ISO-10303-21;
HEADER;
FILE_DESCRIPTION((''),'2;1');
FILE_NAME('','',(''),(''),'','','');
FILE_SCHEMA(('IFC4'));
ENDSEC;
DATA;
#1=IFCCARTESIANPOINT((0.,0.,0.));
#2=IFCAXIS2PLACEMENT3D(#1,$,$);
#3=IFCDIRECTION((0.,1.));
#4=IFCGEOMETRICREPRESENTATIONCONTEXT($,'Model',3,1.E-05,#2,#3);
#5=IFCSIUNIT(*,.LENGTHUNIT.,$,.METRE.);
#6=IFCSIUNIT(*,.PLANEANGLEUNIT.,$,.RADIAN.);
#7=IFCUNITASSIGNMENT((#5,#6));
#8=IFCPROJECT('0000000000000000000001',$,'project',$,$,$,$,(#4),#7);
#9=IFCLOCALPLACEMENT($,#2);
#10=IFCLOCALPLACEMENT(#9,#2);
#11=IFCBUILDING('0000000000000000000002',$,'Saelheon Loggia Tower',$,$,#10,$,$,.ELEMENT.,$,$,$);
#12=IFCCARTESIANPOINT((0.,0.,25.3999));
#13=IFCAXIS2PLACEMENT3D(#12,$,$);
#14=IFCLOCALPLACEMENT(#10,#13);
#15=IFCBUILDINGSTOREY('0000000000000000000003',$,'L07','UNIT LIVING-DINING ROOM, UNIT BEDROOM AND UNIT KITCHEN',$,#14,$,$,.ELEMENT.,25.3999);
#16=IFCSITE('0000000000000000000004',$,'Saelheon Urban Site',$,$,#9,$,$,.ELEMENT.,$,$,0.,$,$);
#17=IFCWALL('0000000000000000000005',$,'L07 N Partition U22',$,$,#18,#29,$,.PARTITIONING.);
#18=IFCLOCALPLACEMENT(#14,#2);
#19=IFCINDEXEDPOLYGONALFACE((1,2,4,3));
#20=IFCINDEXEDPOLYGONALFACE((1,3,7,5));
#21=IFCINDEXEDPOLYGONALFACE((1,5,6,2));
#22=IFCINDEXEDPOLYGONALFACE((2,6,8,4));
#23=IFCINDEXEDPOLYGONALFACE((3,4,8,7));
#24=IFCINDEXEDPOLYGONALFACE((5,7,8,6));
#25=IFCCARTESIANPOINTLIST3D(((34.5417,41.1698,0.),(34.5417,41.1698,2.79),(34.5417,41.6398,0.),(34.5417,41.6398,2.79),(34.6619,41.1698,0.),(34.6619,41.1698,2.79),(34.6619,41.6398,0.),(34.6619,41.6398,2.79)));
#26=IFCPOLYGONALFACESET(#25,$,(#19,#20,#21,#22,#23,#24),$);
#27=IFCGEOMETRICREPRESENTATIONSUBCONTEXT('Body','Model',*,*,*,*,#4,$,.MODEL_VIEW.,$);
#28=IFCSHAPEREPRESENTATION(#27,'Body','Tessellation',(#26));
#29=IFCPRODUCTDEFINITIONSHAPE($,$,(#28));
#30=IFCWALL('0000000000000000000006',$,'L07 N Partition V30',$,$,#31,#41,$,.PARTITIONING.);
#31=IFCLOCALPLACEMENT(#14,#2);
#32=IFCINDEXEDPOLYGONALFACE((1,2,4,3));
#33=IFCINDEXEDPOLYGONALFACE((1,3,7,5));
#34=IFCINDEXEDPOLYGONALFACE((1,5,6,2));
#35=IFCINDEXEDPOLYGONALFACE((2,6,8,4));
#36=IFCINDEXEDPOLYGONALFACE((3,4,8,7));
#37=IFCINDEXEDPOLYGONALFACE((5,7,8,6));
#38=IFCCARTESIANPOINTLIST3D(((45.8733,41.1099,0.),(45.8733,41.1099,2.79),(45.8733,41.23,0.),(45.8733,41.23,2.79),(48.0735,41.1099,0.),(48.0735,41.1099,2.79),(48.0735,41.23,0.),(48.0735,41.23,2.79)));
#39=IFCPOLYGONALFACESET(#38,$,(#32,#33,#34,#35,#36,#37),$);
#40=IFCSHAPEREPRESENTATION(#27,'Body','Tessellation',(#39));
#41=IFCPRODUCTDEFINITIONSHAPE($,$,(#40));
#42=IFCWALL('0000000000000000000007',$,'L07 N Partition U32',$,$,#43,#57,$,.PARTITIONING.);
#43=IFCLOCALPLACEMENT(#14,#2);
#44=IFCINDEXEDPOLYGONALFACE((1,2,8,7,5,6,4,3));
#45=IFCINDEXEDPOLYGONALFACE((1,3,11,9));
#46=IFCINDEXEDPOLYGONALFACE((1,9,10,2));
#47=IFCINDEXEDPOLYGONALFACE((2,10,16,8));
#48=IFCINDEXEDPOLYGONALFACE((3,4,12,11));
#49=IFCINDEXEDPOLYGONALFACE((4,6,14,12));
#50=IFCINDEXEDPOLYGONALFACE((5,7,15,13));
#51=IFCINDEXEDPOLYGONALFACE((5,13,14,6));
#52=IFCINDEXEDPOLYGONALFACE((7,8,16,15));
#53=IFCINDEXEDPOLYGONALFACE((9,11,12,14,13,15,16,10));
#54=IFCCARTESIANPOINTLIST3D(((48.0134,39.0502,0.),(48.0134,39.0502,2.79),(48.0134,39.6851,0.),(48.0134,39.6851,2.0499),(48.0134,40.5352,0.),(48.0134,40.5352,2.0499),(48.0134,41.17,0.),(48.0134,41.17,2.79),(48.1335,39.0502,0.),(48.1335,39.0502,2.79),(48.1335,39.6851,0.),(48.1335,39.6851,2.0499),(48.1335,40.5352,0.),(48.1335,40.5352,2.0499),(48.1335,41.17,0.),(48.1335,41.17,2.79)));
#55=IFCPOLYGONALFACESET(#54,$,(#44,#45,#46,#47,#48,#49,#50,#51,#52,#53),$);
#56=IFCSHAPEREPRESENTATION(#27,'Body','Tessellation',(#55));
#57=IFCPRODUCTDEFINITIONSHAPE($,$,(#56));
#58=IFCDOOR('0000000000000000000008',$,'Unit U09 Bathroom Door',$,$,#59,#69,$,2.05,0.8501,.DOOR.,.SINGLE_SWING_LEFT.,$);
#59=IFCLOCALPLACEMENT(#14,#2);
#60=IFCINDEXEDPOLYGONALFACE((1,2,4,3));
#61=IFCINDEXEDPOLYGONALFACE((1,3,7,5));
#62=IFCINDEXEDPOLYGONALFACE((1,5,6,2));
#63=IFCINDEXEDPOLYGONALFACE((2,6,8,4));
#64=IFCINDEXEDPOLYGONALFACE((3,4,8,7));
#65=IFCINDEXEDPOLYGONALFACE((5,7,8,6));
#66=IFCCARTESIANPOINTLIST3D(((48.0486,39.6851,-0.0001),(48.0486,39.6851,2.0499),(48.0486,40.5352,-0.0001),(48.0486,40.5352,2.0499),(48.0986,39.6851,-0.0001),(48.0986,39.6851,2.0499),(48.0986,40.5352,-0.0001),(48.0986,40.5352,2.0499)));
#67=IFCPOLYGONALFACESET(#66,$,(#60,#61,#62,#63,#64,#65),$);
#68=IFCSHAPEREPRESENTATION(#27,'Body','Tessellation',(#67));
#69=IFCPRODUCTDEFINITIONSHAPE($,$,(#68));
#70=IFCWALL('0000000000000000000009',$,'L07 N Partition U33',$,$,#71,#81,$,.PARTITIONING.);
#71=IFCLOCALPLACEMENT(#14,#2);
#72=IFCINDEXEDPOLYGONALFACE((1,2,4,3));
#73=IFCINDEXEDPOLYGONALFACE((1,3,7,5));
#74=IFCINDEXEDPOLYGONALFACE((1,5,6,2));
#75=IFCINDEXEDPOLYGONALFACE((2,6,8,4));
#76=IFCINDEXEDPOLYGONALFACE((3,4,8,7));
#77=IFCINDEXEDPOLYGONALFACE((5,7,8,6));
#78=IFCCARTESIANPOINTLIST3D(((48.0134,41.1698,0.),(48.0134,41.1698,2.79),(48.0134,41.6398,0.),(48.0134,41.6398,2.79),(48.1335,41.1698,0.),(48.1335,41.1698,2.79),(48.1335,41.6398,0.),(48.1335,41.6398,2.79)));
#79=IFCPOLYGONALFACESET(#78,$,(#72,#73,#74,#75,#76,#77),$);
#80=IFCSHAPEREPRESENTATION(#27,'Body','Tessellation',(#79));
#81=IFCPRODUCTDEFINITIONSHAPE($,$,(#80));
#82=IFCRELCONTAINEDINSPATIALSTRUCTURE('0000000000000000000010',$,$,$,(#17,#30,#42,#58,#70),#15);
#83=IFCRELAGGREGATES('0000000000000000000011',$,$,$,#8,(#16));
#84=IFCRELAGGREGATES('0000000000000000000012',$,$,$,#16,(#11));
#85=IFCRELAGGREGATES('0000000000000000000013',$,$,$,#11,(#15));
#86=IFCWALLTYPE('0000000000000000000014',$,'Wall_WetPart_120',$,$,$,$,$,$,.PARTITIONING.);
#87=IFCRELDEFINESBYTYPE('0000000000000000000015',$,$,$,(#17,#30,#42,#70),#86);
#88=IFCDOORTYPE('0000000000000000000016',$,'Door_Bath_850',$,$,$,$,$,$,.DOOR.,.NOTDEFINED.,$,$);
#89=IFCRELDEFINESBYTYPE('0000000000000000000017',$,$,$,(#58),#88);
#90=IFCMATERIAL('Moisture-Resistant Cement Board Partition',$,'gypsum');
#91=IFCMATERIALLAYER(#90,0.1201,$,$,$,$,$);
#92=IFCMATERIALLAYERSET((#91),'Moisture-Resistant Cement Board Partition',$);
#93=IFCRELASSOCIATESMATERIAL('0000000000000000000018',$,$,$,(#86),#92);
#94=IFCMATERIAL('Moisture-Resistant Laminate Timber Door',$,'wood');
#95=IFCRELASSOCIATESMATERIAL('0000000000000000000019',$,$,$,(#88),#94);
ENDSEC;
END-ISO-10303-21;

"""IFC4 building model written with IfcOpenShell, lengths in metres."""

from ifc_helpers import new_model, si_unit, direction, frame, frame_2d, origin, place, context, subcontext, project, spatial, rectangle, extrude, source, transform, mapped, material, layer, layer_set, type_object, element, fill, save


model = new_model("IFC4")

# Units and contexts
model_context = context("Model", 3, precision=1e-05, world=origin(), true_north=direction((0.0, 1.0)))
body_context = subcontext(model_context, "Body", "Model", "MODEL_VIEW")
ifc_project = project(units=[si_unit("LENGTHUNIT", "METRE"), si_unit("PLANEANGLEUNIT", "RADIAN")], contexts=[model_context])

# Site, building, storey
site_placement = place(None, origin())
site = spatial("IfcSite", under=ifc_project, at=site_placement, Name="Saelheon Urban Site", CompositionType="ELEMENT", RefElevation=0.0)
building_placement = place(site_placement, origin())
building = spatial("IfcBuilding", under=site, at=building_placement, Name="Saelheon Loggia Tower", CompositionType="ELEMENT")
storey_placement = place(building_placement, frame((0.0, 0.0, 25.3999)))
storey = spatial("IfcBuildingStorey", under=building, at=storey_placement, Name="L07", Description="UNIT LIVING-DINING ROOM, UNIT BEDROOM AND UNIT KITCHEN", CompositionType="ELEMENT", Elevation=25.3999)

# Walls
ifc_material_1 = material(Name="Moisture-Resistant Cement Board Partition", Category="gypsum")
ifc_layer_1 = layer(ifc_material_1, 0.1201)
ifc_layer_set_1 = layer_set([ifc_layer_1], Name="Moisture-Resistant Cement Board Partition")
wall_type_1 = type_object("IfcWallType", Name="Wall_WetPart_120", PredefinedType="PARTITIONING", material=ifc_layer_set_1)
wall_1_placement = place(storey_placement, frame((34.6018, 41.1699, 0.0), z_axis=(0.0, 0.0, 1.0), x_axis=(0.0, 1.0, 0.0)))
element("IfcWall", 1, at=wall_1_placement, inside=storey, type_object=wall_type_1, Name="L07 N Partition U22", PredefinedType="PARTITIONING", context=body_context, shape_type="SweptSolid", body=[
    extrude(rectangle(XDim=0.47, YDim=0.1201, at=frame_2d((0.2349, 0.0))), origin(), (0.0, 0.0, 1.0), 2.79),
])
wall_2_placement = place(storey_placement, frame((45.8733, 41.1699, 0.0), z_axis=(0.0, 0.0, 1.0), x_axis=(1.0, 0.0, 0.0)))
element("IfcWall", 2, at=wall_2_placement, inside=storey, type_object=wall_type_1, Name="L07 N Partition V30", PredefinedType="PARTITIONING", context=body_context, shape_type="SweptSolid", body=[
    extrude(rectangle(XDim=2.2002, YDim=0.1201, at=frame_2d((1.1001, 0.0))), origin(), (0.0, 0.0, 1.0), 2.79),
])

# Wall, opening, door
wall_3_placement = place(storey_placement, frame((48.0735, 39.05, 0.0), z_axis=(0.0, 0.0, 1.0), x_axis=(0.0, 1.0, 0.0)))
wall_3 = element("IfcWall", 3, at=wall_3_placement, inside=storey, type_object=wall_type_1, Name="L07 N Partition U32", PredefinedType="PARTITIONING", context=body_context, shape_type="SweptSolid", body=[
    extrude(rectangle(XDim=2.1199, YDim=0.1201, at=frame_2d((1.0601, 0.0))), origin(), (0.0, 0.0, 1.0), 2.79),
])
opening_1_placement = place(wall_3_placement, frame((0.635, 0.0, 0.0)))
opening_1 = element("IfcOpeningElement", 4, at=opening_1_placement, cuts=wall_3, PredefinedType="OPENING", context=body_context, shape_type="SweptSolid", body=[
    extrude(rectangle(XDim=0.8501, YDim=2.05, at=frame_2d((0.425, 1.0249))), frame((0.0, 0.072, 0.0), z_axis=(0.0, -1.0, 0.0), x_axis=(1.0, 0.0, 0.0)), (0.0, 0.0, 1.0), 0.144),
])
ifc_material_2 = material(Name="Moisture-Resistant Laminate Timber Door", Category="wood")
door_type_1 = type_object("IfcDoorType", Name="Door_Bath_850", OperationType="NOTDEFINED", PredefinedType="DOOR", material=ifc_material_2)
shared_shape_1 = source(origin(), body_context, "Body", "SweptSolid", [
    extrude(rectangle(XDim=0.8501, YDim=2.05, at=frame_2d((0.425, 1.0249))), frame((0.0, 0.0249, 0.0), z_axis=(0.0, -1.0, 0.0), x_axis=(1.0, 0.0, 0.0)), (0.0, 0.0, 1.0), 0.05),
])
door_1_placement = place(opening_1_placement, origin())
door_1 = element("IfcDoor", 5, at=door_1_placement, inside=storey, type_object=door_type_1, Name="Unit U09 Bathroom Door", OperationType="SINGLE_SWING_LEFT", OverallHeight=2.05, OverallWidth=0.8501, PredefinedType="DOOR", context=body_context, shape_type="MappedRepresentation", body=[
    mapped(shared_shape_1, transform((0.0, 0.0, 0.0), scale=1.0)),
])
fill(opening_1, door_1)

# Wall
wall_4_placement = place(storey_placement, frame((48.0735, 41.1699, 0.0), z_axis=(0.0, 0.0, 1.0), x_axis=(0.0, 1.0, 0.0)))
element("IfcWall", 6, at=wall_4_placement, inside=storey, type_object=wall_type_1, Name="L07 N Partition U33", PredefinedType="PARTITIONING", context=body_context, shape_type="SweptSolid", body=[
    extrude(rectangle(XDim=0.47, YDim=0.1201, at=frame_2d((0.2349, 0.0))), origin(), (0.0, 0.0, 1.0), 2.79),
])

save(model, "model.ifc")
